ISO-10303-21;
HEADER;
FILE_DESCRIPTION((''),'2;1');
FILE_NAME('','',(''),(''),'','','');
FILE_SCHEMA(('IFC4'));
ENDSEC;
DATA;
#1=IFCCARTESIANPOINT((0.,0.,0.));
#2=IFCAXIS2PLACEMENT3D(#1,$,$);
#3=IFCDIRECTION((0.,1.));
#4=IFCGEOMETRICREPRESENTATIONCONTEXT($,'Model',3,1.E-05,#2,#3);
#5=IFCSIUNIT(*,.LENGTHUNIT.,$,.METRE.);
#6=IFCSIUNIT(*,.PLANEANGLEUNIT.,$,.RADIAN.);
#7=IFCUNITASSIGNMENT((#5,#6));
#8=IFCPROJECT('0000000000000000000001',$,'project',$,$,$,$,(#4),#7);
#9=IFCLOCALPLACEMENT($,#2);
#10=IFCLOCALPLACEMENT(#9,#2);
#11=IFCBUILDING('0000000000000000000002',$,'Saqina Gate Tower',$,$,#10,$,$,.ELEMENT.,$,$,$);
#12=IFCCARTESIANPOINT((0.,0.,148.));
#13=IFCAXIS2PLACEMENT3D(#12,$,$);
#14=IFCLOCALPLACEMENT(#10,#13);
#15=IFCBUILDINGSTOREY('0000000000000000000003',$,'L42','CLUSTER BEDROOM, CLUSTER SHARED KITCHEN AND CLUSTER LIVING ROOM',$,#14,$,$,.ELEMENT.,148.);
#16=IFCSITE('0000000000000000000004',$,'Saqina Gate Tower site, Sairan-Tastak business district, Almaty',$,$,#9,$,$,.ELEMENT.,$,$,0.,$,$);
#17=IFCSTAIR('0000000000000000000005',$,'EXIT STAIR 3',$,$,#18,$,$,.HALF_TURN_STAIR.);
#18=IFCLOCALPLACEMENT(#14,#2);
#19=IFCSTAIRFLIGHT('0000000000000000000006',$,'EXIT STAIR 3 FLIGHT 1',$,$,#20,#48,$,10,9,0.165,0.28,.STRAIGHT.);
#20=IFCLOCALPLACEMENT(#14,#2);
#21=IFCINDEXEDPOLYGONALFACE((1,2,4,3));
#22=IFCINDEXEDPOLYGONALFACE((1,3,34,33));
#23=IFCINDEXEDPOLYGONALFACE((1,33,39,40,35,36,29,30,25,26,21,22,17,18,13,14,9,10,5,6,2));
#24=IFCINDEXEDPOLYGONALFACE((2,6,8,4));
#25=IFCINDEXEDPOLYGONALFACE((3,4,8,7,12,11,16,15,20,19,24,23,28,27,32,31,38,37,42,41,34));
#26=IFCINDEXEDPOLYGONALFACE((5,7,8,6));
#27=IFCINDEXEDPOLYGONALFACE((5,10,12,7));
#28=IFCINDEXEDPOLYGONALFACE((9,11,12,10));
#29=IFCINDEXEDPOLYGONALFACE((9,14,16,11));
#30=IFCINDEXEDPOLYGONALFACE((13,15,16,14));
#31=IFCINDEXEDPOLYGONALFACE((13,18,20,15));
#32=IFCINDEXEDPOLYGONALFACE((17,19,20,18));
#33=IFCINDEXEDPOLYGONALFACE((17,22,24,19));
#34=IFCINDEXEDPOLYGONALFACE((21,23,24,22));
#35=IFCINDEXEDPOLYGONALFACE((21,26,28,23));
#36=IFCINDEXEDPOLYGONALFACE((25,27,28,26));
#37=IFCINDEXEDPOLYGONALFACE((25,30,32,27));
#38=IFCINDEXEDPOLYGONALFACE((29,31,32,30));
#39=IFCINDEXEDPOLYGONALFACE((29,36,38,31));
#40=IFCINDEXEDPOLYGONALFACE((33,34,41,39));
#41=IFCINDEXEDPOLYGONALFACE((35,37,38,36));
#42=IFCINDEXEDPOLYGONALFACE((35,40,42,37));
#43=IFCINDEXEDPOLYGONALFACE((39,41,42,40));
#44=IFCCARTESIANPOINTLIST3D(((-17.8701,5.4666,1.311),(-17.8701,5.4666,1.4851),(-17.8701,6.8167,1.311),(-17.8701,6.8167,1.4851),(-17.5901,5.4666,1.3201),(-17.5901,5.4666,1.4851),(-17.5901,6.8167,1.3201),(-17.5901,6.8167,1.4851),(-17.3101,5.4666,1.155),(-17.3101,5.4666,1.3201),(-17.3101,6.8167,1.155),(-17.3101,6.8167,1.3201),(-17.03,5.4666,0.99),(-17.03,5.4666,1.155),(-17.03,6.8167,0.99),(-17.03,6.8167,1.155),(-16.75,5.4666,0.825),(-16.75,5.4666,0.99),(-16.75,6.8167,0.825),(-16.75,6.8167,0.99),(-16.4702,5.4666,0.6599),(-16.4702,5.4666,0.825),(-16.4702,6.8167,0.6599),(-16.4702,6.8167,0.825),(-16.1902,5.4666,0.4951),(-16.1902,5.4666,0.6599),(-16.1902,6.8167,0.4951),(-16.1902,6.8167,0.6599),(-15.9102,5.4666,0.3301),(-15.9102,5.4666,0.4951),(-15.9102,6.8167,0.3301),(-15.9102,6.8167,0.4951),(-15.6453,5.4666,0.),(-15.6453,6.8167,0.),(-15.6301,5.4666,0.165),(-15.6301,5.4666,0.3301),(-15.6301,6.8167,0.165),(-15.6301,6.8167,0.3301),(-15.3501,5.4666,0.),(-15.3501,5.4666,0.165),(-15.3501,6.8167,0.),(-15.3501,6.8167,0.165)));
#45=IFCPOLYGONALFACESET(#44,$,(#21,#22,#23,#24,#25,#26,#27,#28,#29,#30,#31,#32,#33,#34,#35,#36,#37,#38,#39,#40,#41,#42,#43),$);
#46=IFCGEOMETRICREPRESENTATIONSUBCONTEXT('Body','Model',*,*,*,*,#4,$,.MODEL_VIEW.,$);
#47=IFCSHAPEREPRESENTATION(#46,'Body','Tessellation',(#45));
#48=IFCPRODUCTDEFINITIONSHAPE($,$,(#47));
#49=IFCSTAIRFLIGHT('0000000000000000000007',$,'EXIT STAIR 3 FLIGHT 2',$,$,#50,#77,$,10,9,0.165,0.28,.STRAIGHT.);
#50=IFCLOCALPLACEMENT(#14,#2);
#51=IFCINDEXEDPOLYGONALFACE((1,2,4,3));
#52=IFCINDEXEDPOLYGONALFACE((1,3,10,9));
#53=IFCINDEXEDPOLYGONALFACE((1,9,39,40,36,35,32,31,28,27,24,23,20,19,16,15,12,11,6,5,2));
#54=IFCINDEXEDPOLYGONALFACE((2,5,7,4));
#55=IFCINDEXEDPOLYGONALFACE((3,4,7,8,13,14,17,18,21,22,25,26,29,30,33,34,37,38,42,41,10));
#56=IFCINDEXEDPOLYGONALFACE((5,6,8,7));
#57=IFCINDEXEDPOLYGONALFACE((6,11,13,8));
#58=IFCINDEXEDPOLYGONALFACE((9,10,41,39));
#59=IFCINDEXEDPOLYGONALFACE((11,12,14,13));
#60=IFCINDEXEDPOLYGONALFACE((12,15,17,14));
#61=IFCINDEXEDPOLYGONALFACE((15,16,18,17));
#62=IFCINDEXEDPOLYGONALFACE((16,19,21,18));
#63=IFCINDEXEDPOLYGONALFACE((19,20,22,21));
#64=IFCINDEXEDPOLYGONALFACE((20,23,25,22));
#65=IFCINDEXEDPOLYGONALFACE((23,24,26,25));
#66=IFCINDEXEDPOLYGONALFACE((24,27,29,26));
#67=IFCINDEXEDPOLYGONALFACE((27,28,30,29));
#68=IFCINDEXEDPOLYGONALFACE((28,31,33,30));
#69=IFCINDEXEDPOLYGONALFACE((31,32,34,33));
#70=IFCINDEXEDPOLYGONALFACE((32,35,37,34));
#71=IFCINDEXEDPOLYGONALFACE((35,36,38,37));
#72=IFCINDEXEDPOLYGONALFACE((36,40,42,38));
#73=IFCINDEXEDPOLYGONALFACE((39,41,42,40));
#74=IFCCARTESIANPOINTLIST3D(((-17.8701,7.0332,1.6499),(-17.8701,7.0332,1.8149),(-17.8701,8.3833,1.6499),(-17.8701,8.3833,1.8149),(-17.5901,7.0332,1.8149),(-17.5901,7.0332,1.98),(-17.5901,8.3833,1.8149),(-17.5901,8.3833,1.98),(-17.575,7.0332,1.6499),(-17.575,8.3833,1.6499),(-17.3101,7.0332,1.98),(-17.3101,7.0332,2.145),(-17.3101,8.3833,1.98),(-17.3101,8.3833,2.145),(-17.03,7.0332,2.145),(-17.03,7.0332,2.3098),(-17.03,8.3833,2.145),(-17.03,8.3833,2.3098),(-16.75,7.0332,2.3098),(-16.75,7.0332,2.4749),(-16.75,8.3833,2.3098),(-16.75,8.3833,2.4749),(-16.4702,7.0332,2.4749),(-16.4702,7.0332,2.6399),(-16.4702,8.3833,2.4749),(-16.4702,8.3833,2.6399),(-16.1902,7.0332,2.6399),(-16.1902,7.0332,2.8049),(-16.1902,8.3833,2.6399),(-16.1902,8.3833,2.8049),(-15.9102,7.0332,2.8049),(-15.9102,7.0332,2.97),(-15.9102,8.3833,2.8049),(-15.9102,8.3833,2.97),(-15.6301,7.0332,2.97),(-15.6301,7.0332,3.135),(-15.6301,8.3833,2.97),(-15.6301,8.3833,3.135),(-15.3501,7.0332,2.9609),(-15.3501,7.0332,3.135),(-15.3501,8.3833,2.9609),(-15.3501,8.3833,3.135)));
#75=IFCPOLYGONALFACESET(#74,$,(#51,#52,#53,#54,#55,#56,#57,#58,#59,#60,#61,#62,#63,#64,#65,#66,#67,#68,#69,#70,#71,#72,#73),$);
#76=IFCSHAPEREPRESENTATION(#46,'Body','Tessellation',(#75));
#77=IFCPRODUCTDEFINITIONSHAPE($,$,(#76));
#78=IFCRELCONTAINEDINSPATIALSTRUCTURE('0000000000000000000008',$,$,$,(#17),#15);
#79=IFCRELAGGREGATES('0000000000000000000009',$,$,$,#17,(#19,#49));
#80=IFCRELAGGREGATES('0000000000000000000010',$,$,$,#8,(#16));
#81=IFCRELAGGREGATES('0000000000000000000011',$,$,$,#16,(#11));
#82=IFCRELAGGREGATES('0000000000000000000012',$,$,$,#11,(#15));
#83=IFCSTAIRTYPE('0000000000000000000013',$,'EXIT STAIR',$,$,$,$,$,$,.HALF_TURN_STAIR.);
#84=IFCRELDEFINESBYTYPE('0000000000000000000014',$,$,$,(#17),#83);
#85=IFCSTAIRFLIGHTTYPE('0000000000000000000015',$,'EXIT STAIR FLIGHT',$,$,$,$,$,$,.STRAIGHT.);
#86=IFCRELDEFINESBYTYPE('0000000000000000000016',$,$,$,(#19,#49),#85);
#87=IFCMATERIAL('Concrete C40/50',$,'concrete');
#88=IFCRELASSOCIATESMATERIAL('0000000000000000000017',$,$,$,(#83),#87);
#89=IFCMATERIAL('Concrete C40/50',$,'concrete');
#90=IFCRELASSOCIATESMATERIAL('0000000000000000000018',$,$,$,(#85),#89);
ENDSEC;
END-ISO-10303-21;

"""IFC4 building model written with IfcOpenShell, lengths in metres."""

from ifc_helpers import new_model, si_unit, direction, frame, origin, place, context, subcontext, project, spatial, polyline, outline, extrude, material, type_object, element, aggregate, save


model = new_model("IFC4")

# Units and contexts
model_context = context("Model", 3, precision=1e-05, world=origin(), true_north=direction((0.0, 1.0)))
body_context = subcontext(model_context, "Body", "Model", "MODEL_VIEW")
ifc_project = project(units=[si_unit("LENGTHUNIT", "METRE"), si_unit("PLANEANGLEUNIT", "RADIAN")], contexts=[model_context])

# Site, building, storey
site_placement = place(None, origin())
site = spatial("IfcSite", under=ifc_project, at=site_placement, Name="Saqina Gate Tower site, Sairan-Tastak business district, Almaty", CompositionType="ELEMENT", RefElevation=0.0)
building_placement = place(site_placement, origin())
building = spatial("IfcBuilding", under=site, at=building_placement, Name="Saqina Gate Tower", CompositionType="ELEMENT")
storey_placement = place(building_placement, frame((0.0, 0.0, 148.0)))
storey = spatial("IfcBuildingStorey", under=building, at=storey_placement, Name="L42", Description="CLUSTER BEDROOM, CLUSTER SHARED KITCHEN AND CLUSTER LIVING ROOM", CompositionType="ELEMENT", Elevation=148.0)

# Stair, stair flights
ifc_material_1 = material(Name="Concrete C40/50", Category="concrete")
stair_type = type_object("IfcStairType", Name="EXIT STAIR", PredefinedType="HALF_TURN_STAIR", material=ifc_material_1)
stair_placement = place(storey_placement, origin())
stair = element("IfcStair", 1, at=stair_placement, inside=storey, type_object=stair_type, Name="EXIT STAIR 3", PredefinedType="HALF_TURN_STAIR")
ifc_material_2 = material(Name="Concrete C40/50", Category="concrete")
stair_flight_type = type_object("IfcStairFlightType", Name="EXIT STAIR FLIGHT", PredefinedType="STRAIGHT", material=ifc_material_2)
stair_flight_1_placement = place(storey_placement, frame((-15.3501, 6.1416, 0.0), z_axis=(0.0, 0.0, 1.0), x_axis=(-1.0, 0.0, 0.0)))
stair_flight_1 = element("IfcStairFlight", 2, at=stair_flight_1_placement, type_object=stair_flight_type, Name="EXIT STAIR 3 FLIGHT 1", NumberOfRisers=10, NumberOfTreads=9, PredefinedType="STRAIGHT", RiserHeight=0.165, TreadLength=0.28, context=body_context, shape_type="SweptSolid", body=[
    extrude(outline(polyline([(0.0, 0.0), (0.0, 0.165), (0.28, 0.165), (0.28, 0.3301), (0.5601, 0.3301), (0.5601, 0.4951), (0.8401, 0.4951), (0.8401, 0.6599), (1.1201, 0.6599), (1.1201, 0.825), (1.3999, 0.825), (1.3999, 0.99), (1.6799, 0.99), (1.6799, 1.155), (1.96, 1.155), (1.96, 1.3201), (2.24, 1.3201), (2.24, 1.4851), (2.52, 1.4851), (2.52, 1.6499), (2.52, 1.311), (0.2952, 0.0), (0.0, 0.0)])), frame((0.0, 0.675, 0.0), z_axis=(0.0, -1.0, 0.0), x_axis=(1.0, 0.0, 0.0)), (0.0, 0.0, 1.0), 1.3501),
])
stair_flight_2_placement = place(storey_placement, frame((-17.8701, 7.7083, 1.6499), z_axis=(0.0, 0.0, 1.0), x_axis=(1.0, 0.0, 0.0)))
stair_flight_2 = element("IfcStairFlight", 3, at=stair_flight_2_placement, type_object=stair_flight_type, Name="EXIT STAIR 3 FLIGHT 2", NumberOfRisers=10, NumberOfTreads=9, PredefinedType="STRAIGHT", RiserHeight=0.165, TreadLength=0.28, context=body_context, shape_type="SweptSolid", body=[
    extrude(outline(polyline([(0.0, 0.0), (0.0, 0.165), (0.28, 0.165), (0.28, 0.3301), (0.5601, 0.3301), (0.5601, 0.4951), (0.8401, 0.4951), (0.8401, 0.6599), (1.1201, 0.6599), (1.1201, 0.825), (1.3999, 0.825), (1.3999, 0.99), (1.6799, 0.99), (1.6799, 1.155), (1.96, 1.155), (1.96, 1.3201), (2.24, 1.3201), (2.24, 1.4851), (2.52, 1.4851), (2.52, 1.6499), (2.52, 1.311), (0.2952, 0.0), (0.0, 0.0)])), frame((0.0, 0.675, 0.0), z_axis=(0.0, -1.0, 0.0), x_axis=(1.0, 0.0, 0.0)), (0.0, 0.0, 1.0), 1.3501),
])
aggregate(stair, [stair_flight_1, stair_flight_2])

save(model, "model.ifc")
